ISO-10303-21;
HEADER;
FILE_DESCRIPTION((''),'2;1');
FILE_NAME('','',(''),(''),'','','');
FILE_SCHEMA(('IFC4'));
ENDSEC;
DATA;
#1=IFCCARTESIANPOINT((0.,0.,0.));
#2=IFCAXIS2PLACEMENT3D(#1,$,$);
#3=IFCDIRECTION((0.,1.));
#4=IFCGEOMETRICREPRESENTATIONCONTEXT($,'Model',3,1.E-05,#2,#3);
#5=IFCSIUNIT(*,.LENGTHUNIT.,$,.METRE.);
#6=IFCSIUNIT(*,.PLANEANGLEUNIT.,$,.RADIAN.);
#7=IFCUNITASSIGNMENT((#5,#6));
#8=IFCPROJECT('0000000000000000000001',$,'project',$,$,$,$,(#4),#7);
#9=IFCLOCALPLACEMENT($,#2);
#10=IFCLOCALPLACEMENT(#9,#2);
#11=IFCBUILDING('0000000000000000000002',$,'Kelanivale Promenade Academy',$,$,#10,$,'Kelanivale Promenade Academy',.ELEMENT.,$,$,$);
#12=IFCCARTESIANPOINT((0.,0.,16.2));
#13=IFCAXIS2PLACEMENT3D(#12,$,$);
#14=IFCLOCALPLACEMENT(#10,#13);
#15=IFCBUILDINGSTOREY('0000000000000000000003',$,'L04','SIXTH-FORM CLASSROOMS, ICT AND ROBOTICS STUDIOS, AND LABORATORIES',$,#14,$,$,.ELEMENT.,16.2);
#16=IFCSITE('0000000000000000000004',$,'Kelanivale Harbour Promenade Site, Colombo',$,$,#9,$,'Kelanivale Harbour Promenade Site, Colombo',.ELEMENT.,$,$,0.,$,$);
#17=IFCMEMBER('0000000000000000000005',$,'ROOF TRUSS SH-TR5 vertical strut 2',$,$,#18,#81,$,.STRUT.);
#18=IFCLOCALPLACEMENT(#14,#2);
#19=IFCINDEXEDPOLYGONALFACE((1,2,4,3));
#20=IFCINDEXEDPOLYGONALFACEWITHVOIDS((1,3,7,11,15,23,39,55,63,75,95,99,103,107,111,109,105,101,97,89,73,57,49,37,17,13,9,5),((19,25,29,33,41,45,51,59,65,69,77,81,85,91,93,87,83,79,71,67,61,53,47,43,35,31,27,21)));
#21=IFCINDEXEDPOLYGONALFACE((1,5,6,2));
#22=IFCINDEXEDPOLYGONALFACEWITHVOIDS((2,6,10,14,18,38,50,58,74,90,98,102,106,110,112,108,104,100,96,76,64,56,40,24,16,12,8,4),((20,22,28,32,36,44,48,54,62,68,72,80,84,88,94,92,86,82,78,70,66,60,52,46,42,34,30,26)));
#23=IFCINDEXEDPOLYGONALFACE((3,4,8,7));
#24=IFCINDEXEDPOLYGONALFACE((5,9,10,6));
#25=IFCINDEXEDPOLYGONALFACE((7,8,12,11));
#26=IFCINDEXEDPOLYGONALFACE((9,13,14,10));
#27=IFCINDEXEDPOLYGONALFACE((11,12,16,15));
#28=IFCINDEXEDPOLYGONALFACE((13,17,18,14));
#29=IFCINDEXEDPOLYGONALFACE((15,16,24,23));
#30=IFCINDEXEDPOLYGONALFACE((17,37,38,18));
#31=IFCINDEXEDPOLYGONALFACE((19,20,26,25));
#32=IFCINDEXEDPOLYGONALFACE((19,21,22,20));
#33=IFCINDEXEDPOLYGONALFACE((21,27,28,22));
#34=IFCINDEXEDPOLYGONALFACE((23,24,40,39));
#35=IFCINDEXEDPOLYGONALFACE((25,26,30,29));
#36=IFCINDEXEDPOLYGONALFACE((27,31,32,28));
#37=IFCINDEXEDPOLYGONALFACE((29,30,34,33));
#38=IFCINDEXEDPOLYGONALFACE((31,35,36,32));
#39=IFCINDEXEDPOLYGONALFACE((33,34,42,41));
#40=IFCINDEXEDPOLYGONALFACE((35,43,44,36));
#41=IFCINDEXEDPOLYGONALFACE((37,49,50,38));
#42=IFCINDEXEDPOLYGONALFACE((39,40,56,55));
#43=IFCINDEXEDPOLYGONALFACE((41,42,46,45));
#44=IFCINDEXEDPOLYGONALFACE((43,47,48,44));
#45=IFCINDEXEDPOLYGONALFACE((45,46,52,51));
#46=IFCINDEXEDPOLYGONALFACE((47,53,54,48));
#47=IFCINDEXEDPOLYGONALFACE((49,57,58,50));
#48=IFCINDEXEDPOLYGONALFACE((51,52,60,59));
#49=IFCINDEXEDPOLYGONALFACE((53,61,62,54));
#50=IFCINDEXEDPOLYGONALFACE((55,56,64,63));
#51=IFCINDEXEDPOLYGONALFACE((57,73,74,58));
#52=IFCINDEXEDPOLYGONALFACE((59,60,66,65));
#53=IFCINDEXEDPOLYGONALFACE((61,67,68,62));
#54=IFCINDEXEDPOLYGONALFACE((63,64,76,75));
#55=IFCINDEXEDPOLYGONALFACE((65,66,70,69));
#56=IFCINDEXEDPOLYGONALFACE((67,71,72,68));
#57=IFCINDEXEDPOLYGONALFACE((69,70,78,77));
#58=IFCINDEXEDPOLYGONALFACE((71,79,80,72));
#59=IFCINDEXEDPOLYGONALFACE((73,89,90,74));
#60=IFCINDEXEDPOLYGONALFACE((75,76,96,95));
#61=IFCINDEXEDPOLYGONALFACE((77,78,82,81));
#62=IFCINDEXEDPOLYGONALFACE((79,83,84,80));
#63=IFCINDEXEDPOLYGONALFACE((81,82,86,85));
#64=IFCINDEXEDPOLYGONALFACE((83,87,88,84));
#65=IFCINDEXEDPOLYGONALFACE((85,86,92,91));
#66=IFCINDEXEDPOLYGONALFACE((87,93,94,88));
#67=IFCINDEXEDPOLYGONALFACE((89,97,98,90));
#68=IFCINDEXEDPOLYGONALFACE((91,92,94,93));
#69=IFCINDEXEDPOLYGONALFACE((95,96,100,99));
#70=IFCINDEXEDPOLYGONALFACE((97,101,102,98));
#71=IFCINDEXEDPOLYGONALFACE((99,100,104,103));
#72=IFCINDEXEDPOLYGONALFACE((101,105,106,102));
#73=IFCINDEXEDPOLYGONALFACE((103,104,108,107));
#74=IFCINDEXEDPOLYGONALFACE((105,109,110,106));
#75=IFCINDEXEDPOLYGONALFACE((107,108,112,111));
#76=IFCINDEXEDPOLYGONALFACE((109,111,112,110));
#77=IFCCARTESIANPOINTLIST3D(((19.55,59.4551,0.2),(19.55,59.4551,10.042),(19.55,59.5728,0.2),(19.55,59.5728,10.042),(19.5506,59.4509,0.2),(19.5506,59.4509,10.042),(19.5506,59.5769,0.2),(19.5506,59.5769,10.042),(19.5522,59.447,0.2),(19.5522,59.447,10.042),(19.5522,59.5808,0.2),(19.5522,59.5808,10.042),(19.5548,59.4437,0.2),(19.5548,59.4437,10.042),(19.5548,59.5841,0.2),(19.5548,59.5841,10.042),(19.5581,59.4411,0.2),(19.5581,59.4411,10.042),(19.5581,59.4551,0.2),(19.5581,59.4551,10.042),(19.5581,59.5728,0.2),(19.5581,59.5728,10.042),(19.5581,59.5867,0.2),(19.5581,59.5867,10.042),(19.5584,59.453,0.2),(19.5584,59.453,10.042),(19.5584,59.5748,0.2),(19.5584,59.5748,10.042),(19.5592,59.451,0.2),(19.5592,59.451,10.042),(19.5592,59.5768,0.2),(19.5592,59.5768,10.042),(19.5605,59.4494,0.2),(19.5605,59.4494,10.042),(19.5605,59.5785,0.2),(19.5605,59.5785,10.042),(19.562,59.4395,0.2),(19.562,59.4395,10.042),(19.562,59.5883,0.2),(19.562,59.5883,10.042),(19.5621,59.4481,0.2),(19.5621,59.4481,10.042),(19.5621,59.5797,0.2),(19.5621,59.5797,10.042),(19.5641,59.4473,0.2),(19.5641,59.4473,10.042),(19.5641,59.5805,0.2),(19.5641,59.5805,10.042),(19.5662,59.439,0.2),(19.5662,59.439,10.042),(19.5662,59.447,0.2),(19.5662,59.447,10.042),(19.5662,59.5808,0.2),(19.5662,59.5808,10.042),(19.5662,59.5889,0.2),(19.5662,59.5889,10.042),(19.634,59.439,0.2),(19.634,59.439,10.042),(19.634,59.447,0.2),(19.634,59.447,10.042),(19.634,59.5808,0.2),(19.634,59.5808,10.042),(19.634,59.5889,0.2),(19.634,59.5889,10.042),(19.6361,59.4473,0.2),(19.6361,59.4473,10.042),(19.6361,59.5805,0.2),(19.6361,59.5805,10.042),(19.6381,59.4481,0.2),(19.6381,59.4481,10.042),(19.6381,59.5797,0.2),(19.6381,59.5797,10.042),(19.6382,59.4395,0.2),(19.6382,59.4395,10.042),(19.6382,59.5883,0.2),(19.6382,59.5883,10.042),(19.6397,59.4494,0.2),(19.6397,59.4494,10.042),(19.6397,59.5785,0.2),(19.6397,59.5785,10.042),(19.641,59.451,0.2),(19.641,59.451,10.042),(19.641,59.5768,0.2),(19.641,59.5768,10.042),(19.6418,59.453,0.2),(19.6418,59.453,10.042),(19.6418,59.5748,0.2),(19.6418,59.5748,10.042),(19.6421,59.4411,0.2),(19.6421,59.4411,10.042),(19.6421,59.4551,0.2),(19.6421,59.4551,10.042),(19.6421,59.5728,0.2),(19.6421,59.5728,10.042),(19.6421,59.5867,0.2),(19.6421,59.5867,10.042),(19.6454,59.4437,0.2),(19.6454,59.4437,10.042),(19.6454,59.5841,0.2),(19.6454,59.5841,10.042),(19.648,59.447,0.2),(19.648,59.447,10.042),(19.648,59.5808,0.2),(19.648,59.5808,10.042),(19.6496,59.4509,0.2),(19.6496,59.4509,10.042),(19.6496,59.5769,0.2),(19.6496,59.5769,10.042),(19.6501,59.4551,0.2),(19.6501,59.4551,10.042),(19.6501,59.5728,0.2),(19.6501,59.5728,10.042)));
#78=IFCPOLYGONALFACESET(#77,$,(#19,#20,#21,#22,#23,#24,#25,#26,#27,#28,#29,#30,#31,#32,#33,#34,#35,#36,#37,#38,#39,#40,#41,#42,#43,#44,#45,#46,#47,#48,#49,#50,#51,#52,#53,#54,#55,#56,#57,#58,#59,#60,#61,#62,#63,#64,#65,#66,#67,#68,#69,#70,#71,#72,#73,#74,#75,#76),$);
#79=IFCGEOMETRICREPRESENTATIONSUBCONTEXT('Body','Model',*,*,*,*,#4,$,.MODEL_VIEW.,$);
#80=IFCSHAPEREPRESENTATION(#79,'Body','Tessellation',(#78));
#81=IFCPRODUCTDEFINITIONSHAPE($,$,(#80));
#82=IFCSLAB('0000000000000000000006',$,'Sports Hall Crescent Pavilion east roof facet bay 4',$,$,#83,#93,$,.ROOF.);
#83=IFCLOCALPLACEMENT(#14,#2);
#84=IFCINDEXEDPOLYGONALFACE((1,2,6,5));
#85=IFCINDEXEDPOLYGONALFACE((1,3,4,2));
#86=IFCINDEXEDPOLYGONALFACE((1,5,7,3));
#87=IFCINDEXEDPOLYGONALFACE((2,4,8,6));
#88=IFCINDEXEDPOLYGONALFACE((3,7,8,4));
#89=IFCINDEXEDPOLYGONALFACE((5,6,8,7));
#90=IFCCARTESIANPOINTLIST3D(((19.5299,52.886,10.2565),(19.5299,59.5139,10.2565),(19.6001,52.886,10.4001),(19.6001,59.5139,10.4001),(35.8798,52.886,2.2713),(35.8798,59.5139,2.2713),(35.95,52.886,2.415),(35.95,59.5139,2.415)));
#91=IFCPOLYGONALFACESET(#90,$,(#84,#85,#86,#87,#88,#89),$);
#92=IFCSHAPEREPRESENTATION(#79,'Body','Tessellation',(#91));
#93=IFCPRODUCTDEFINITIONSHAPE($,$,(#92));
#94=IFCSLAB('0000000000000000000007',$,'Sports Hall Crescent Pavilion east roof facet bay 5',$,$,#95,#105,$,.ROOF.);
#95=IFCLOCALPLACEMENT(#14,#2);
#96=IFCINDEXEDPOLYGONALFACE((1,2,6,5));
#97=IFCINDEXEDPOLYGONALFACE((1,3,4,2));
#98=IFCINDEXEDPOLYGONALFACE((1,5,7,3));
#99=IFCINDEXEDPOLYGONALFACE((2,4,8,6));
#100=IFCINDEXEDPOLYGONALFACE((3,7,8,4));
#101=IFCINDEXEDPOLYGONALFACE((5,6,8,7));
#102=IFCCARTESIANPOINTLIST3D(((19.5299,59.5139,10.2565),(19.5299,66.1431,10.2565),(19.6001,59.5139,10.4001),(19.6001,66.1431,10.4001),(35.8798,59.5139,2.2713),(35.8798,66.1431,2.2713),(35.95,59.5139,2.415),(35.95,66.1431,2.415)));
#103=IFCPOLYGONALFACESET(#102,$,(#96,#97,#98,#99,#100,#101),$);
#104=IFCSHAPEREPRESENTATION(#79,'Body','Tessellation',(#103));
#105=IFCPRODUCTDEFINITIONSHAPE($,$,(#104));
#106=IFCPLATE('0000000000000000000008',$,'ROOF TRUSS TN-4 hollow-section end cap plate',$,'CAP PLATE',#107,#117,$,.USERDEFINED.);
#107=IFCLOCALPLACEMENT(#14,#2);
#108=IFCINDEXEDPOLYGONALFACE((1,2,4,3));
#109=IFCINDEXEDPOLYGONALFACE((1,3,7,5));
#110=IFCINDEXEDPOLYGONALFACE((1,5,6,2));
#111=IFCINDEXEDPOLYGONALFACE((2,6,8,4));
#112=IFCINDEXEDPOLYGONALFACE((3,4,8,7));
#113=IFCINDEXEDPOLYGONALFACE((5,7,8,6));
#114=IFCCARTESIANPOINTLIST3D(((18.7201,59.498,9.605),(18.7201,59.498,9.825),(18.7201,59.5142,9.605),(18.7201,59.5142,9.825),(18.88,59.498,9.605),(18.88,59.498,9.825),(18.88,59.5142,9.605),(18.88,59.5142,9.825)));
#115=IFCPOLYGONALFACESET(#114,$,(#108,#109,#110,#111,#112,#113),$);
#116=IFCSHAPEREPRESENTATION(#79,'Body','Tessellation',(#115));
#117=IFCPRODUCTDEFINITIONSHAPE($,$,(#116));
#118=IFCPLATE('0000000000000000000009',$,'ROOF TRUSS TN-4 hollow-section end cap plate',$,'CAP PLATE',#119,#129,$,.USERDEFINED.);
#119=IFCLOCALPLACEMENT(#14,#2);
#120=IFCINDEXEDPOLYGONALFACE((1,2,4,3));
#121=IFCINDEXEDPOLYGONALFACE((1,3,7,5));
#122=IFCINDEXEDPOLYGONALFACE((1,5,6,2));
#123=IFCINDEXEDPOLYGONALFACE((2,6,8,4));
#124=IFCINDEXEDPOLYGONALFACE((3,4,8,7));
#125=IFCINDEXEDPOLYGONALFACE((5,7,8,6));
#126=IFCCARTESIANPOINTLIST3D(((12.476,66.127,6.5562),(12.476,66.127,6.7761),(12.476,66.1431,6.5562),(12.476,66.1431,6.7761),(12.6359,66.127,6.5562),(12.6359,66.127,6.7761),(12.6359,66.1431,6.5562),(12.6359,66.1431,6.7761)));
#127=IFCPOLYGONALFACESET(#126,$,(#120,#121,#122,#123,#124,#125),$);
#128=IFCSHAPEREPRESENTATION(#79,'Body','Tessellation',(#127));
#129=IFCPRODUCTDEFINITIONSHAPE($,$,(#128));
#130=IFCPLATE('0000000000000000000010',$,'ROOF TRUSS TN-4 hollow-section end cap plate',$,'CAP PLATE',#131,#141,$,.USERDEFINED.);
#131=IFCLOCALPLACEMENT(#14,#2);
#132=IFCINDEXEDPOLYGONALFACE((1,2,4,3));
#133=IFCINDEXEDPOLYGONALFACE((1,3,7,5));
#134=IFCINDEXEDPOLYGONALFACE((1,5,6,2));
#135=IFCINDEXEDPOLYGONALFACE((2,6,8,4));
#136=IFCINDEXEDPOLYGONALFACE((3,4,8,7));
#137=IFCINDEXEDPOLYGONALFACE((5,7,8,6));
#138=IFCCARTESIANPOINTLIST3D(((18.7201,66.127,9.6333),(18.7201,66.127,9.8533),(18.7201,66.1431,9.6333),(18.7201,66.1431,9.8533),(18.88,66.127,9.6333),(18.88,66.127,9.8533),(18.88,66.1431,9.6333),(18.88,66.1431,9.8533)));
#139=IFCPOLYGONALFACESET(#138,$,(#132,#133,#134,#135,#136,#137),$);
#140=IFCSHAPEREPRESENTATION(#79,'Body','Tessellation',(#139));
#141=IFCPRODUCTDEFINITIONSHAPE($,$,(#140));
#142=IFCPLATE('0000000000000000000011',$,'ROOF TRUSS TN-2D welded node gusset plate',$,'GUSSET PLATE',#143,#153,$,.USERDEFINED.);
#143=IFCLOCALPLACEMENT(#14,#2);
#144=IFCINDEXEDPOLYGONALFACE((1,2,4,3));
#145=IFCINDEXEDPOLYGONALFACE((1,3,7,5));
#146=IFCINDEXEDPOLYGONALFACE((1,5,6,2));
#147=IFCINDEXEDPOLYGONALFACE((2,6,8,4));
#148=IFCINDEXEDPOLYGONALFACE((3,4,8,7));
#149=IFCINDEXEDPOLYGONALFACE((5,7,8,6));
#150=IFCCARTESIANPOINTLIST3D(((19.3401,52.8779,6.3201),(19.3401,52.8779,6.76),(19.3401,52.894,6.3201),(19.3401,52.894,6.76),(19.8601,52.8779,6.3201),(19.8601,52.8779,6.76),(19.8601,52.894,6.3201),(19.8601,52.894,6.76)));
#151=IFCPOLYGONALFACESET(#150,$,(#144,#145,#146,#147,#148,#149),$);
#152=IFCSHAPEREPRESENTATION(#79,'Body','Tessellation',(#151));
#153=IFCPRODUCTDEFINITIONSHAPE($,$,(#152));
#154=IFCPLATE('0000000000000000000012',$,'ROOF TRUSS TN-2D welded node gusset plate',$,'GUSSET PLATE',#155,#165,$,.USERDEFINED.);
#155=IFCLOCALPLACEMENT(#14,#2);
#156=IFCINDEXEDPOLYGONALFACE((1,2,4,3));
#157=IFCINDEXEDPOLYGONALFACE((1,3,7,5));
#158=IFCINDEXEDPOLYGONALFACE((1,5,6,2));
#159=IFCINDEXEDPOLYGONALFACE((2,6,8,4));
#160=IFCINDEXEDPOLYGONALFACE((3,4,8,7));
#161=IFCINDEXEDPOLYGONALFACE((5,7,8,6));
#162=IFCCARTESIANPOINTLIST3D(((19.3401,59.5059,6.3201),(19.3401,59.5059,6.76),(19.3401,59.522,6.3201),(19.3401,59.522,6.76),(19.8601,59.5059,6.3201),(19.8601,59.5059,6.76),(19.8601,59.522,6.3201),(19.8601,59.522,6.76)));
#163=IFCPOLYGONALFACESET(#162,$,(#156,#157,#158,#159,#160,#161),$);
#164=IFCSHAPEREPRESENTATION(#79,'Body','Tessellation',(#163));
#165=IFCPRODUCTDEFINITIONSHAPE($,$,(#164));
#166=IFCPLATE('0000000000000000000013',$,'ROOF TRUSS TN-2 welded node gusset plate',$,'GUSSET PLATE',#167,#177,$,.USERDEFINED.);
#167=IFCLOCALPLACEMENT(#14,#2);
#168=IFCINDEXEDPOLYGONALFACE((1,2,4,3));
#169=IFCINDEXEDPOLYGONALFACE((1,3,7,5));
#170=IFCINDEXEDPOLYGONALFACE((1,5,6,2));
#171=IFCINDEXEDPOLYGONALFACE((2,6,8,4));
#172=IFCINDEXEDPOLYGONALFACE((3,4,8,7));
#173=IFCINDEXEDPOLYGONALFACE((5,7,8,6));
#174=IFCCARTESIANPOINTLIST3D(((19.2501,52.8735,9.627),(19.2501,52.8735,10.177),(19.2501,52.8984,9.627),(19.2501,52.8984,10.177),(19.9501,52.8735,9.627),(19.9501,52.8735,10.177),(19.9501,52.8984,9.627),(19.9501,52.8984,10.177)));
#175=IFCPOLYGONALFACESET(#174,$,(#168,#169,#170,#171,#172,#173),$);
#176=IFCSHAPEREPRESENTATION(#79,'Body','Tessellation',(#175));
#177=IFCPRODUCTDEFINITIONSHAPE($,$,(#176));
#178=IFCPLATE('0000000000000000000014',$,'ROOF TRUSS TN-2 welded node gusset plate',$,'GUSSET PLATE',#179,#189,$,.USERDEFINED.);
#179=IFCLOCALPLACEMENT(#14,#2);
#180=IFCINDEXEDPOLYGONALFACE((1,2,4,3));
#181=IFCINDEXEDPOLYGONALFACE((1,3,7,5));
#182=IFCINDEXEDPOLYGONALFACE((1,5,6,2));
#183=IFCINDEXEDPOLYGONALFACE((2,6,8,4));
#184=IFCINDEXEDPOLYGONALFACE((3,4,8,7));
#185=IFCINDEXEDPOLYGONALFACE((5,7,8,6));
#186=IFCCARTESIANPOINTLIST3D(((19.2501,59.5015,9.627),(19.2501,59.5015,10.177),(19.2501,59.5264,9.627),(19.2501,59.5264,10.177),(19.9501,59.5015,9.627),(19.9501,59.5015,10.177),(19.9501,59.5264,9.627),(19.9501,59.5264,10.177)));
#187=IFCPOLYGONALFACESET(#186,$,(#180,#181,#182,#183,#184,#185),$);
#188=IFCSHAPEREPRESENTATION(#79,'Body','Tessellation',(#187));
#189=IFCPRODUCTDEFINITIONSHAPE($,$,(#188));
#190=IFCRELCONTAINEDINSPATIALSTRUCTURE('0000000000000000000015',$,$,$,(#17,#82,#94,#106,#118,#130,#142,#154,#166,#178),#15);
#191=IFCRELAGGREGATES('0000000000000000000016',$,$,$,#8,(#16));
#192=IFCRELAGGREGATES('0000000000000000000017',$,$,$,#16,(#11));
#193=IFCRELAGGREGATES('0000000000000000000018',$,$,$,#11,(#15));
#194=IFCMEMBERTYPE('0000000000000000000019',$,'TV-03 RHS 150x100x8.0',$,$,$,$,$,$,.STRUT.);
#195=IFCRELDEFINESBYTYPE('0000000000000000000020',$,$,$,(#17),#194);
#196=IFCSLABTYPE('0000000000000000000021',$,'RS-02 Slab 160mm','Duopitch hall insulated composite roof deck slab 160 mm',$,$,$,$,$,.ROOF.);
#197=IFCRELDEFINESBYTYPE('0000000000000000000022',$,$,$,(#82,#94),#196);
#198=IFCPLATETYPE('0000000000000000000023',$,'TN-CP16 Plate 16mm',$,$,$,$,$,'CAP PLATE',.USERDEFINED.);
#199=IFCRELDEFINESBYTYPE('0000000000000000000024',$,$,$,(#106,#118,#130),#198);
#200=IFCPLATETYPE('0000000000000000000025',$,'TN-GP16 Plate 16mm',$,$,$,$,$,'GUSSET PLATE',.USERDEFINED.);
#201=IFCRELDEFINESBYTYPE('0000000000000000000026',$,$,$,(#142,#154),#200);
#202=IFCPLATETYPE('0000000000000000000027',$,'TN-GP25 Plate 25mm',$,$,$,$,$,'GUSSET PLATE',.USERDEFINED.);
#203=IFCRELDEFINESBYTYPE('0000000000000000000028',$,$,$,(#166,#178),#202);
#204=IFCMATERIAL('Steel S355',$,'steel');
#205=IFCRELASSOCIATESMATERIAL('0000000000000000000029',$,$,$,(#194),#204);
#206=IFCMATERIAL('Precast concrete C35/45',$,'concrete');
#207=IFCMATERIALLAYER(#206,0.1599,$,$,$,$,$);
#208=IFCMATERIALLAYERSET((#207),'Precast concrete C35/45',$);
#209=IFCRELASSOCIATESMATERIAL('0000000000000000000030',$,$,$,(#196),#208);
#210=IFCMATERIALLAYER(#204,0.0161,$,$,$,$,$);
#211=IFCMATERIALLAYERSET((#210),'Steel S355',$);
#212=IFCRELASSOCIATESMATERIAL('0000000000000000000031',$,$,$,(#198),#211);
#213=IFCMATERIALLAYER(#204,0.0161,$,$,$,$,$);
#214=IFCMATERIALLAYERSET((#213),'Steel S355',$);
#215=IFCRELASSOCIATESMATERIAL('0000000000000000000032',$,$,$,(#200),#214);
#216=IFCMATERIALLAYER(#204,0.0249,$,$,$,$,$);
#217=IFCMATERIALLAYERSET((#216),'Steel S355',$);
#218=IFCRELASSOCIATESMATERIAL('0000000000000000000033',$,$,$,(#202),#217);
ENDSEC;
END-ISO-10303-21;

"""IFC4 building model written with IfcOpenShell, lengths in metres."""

from ifc_helpers import new_model, si_unit, direction, frame, origin, origin_2d, place, context, subcontext, project, spatial, polyline, rectangle, hollow_rectangle, outline, extrude, material, layer, layer_set, material_profile, profile_set, type_object, element, save


model = new_model("IFC4")

# Units and contexts
model_context = context("Model", 3, precision=1e-05, world=origin(), true_north=direction((0.0, 1.0)))
body_context = subcontext(model_context, "Body", "Model", "MODEL_VIEW")
ifc_project = project(units=[si_unit("LENGTHUNIT", "METRE"), si_unit("PLANEANGLEUNIT", "RADIAN")], contexts=[model_context])

# Site, building, storey
site_placement = place(None, origin())
site = spatial("IfcSite", under=ifc_project, at=site_placement, Name="Kelanivale Harbour Promenade Site, Colombo", LongName="Kelanivale Harbour Promenade Site, Colombo", CompositionType="ELEMENT", RefElevation=0.0)
building_placement = place(site_placement, origin())
building = spatial("IfcBuilding", under=site, at=building_placement, Name="Kelanivale Promenade Academy", LongName="Kelanivale Promenade Academy", CompositionType="ELEMENT")
storey_placement = place(building_placement, frame((0.0, 0.0, 16.2)))
storey = spatial("IfcBuildingStorey", under=building, at=storey_placement, Name="L04", Description="SIXTH-FORM CLASSROOMS, ICT AND ROBOTICS STUDIOS, AND LABORATORIES", CompositionType="ELEMENT", Elevation=16.2)

# Member
ifc_material_1 = material(Name="Steel S355", Category="steel")
ifc_material_profile_1 = material_profile(ifc_material_1, hollow_rectangle(XDim=0.1001, YDim=0.1499, WallThickness=0.0081, InnerFilletRadius=0.0081, OuterFilletRadius=0.0161, at=origin_2d()), Name="RHS 150x100x8.0")
ifc_profile_set_1 = profile_set([ifc_material_profile_1], Name="Steel S355")
member_type_1 = type_object("IfcMemberType", Name="TV-03 RHS 150x100x8.0", PredefinedType="STRUT", material=ifc_profile_set_1)
member_1_placement = place(storey_placement, frame((19.6001, 59.5139, 0.2), z_axis=(0.0, 0.0, 1.0), x_axis=(1.0, 0.0, 0.0)))
element("IfcMember", 1, at=member_1_placement, inside=storey, type_object=member_type_1, Name="ROOF TRUSS SH-TR5 vertical strut 2", PredefinedType="STRUT", context=body_context, shape_type="SweptSolid", body=[
    extrude(hollow_rectangle(XDim=0.1001, YDim=0.1499, WallThickness=0.0081, InnerFilletRadius=0.0081, OuterFilletRadius=0.0161, at=origin_2d()), origin(), (0.0, 0.0, 1.0), 9.842),
])

# Slabs
ifc_material_2 = material(Name="Precast concrete C35/45", Category="concrete")
ifc_layer_1 = layer(ifc_material_2, 0.1599)
ifc_layer_set_1 = layer_set([ifc_layer_1], Name="Precast concrete C35/45")
slab_type = type_object("IfcSlabType", Name="RS-02 Slab 160mm", Description="Duopitch hall insulated composite roof deck slab 160 mm", PredefinedType="ROOF", material=ifc_layer_set_1)
slab_1_placement = place(storey_placement, frame((19.6001, 52.886, 10.4001), z_axis=(0.438848, 0.0, 0.898561), x_axis=(0.898561, 0.0, -0.438848)))
element("IfcSlab", 2, at=slab_1_placement, inside=storey, type_object=slab_type, Name="Sports Hall Crescent Pavilion east roof facet bay 4", PredefinedType="ROOF", context=body_context, shape_type="SweptSolid", body=[
    extrude(outline(polyline([(0.0, 0.0), (18.1956, 0.0), (18.1956, 6.6279), (0.0, 6.6279), (0.0, 0.0)])), origin(), (0.0, 0.0, -1.0), 0.1599),
])
slab_2_placement = place(storey_placement, frame((19.6001, 59.5139, 10.4001), z_axis=(0.438848, 0.0, 0.898561), x_axis=(0.898561, 0.0, -0.438848)))
element("IfcSlab", 3, at=slab_2_placement, inside=storey, type_object=slab_type, Name="Sports Hall Crescent Pavilion east roof facet bay 5", PredefinedType="ROOF", context=body_context, shape_type="SweptSolid", body=[
    extrude(outline(polyline([(0.0, 0.0), (18.1956, 0.0), (18.1956, 6.6292), (0.0, 6.6292), (0.0, 0.0)])), origin(), (0.0, 0.0, -1.0), 0.1599),
])

# Plates
ifc_layer_2 = layer(ifc_material_1, 0.0161)
ifc_layer_set_2 = layer_set([ifc_layer_2], Name="Steel S355")
plate_type_1 = type_object("IfcPlateType", Name="TN-CP16 Plate 16mm", ElementType="CAP PLATE", PredefinedType="USERDEFINED", material=ifc_layer_set_2)
for number, where, z_axis, x_axis, name in (
    (4, (18.8, 59.5061, 9.605), (0.0, 0.0, 1.0), (0.0, -1.0, 0.0), "ROOF TRUSS TN-4 hollow-section end cap plate"),
    (5, (12.5559, 66.135, 6.5562), (0.0, 0.0, 1.0), (0.0, -1.0, 0.0), "ROOF TRUSS TN-4 hollow-section end cap plate"),
    (6, (18.8, 66.135, 9.6333), (0.0, 0.0, 1.0), (0.0, -1.0, 0.0), "ROOF TRUSS TN-4 hollow-section end cap plate"),
):
    element("IfcPlate", number, at=place(storey_placement, frame(where, z_axis=z_axis, x_axis=x_axis)), inside=storey, type_object=plate_type_1, Name=name, ObjectType="CAP PLATE", PredefinedType="USERDEFINED", context=body_context, shape_type="SweptSolid", body=[
        extrude(rectangle(XDim=0.0161, YDim=0.1599, at=origin_2d()), origin(), (0.0, 0.0, 1.0), 0.22),
    ])
ifc_layer_3 = layer(ifc_material_1, 0.0161)
ifc_layer_set_3 = layer_set([ifc_layer_3], Name="Steel S355")
plate_type_2 = type_object("IfcPlateType", Name="TN-GP16 Plate 16mm", ElementType="GUSSET PLATE", PredefinedType="USERDEFINED", material=ifc_layer_set_3)
for number, where, z_axis, x_axis, name in (
    (7, (19.6001, 52.886, 6.3201), (0.0, 0.0, 1.0), (1.0, 0.0, 0.0), "ROOF TRUSS TN-2D welded node gusset plate"),
    (8, (19.6001, 59.5139, 6.3201), (0.0, 0.0, 1.0), (1.0, 0.0, 0.0), "ROOF TRUSS TN-2D welded node gusset plate"),
):
    element("IfcPlate", number, at=place(storey_placement, frame(where, z_axis=z_axis, x_axis=x_axis)), inside=storey, type_object=plate_type_2, Name=name, ObjectType="GUSSET PLATE", PredefinedType="USERDEFINED", context=body_context, shape_type="SweptSolid", body=[
        extrude(rectangle(XDim=0.52, YDim=0.0161, at=origin_2d()), origin(), (0.0, 0.0, 1.0), 0.4399),
    ])
ifc_layer_4 = layer(ifc_material_1, 0.0249)
ifc_layer_set_4 = layer_set([ifc_layer_4], Name="Steel S355")
plate_type_3 = type_object("IfcPlateType", Name="TN-GP25 Plate 25mm", ElementType="GUSSET PLATE", PredefinedType="USERDEFINED", material=ifc_layer_set_4)
for number, where, z_axis, x_axis, name in (
    (9, (19.6001, 52.886, 9.627), (0.0, 0.0, 1.0), (1.0, 0.0, 0.0), "ROOF TRUSS TN-2 welded node gusset plate"),
    (10, (19.6001, 59.5139, 9.627), (0.0, 0.0, 1.0), (1.0, 0.0, 0.0), "ROOF TRUSS TN-2 welded node gusset plate"),
):
    element("IfcPlate", number, at=place(storey_placement, frame(where, z_axis=z_axis, x_axis=x_axis)), inside=storey, type_object=plate_type_3, Name=name, ObjectType="GUSSET PLATE", PredefinedType="USERDEFINED", context=body_context, shape_type="SweptSolid", body=[
        extrude(rectangle(XDim=0.7, YDim=0.0249, at=origin_2d()), origin(), (0.0, 0.0, 1.0), 0.55),
    ])

save(model, "model.ifc")
